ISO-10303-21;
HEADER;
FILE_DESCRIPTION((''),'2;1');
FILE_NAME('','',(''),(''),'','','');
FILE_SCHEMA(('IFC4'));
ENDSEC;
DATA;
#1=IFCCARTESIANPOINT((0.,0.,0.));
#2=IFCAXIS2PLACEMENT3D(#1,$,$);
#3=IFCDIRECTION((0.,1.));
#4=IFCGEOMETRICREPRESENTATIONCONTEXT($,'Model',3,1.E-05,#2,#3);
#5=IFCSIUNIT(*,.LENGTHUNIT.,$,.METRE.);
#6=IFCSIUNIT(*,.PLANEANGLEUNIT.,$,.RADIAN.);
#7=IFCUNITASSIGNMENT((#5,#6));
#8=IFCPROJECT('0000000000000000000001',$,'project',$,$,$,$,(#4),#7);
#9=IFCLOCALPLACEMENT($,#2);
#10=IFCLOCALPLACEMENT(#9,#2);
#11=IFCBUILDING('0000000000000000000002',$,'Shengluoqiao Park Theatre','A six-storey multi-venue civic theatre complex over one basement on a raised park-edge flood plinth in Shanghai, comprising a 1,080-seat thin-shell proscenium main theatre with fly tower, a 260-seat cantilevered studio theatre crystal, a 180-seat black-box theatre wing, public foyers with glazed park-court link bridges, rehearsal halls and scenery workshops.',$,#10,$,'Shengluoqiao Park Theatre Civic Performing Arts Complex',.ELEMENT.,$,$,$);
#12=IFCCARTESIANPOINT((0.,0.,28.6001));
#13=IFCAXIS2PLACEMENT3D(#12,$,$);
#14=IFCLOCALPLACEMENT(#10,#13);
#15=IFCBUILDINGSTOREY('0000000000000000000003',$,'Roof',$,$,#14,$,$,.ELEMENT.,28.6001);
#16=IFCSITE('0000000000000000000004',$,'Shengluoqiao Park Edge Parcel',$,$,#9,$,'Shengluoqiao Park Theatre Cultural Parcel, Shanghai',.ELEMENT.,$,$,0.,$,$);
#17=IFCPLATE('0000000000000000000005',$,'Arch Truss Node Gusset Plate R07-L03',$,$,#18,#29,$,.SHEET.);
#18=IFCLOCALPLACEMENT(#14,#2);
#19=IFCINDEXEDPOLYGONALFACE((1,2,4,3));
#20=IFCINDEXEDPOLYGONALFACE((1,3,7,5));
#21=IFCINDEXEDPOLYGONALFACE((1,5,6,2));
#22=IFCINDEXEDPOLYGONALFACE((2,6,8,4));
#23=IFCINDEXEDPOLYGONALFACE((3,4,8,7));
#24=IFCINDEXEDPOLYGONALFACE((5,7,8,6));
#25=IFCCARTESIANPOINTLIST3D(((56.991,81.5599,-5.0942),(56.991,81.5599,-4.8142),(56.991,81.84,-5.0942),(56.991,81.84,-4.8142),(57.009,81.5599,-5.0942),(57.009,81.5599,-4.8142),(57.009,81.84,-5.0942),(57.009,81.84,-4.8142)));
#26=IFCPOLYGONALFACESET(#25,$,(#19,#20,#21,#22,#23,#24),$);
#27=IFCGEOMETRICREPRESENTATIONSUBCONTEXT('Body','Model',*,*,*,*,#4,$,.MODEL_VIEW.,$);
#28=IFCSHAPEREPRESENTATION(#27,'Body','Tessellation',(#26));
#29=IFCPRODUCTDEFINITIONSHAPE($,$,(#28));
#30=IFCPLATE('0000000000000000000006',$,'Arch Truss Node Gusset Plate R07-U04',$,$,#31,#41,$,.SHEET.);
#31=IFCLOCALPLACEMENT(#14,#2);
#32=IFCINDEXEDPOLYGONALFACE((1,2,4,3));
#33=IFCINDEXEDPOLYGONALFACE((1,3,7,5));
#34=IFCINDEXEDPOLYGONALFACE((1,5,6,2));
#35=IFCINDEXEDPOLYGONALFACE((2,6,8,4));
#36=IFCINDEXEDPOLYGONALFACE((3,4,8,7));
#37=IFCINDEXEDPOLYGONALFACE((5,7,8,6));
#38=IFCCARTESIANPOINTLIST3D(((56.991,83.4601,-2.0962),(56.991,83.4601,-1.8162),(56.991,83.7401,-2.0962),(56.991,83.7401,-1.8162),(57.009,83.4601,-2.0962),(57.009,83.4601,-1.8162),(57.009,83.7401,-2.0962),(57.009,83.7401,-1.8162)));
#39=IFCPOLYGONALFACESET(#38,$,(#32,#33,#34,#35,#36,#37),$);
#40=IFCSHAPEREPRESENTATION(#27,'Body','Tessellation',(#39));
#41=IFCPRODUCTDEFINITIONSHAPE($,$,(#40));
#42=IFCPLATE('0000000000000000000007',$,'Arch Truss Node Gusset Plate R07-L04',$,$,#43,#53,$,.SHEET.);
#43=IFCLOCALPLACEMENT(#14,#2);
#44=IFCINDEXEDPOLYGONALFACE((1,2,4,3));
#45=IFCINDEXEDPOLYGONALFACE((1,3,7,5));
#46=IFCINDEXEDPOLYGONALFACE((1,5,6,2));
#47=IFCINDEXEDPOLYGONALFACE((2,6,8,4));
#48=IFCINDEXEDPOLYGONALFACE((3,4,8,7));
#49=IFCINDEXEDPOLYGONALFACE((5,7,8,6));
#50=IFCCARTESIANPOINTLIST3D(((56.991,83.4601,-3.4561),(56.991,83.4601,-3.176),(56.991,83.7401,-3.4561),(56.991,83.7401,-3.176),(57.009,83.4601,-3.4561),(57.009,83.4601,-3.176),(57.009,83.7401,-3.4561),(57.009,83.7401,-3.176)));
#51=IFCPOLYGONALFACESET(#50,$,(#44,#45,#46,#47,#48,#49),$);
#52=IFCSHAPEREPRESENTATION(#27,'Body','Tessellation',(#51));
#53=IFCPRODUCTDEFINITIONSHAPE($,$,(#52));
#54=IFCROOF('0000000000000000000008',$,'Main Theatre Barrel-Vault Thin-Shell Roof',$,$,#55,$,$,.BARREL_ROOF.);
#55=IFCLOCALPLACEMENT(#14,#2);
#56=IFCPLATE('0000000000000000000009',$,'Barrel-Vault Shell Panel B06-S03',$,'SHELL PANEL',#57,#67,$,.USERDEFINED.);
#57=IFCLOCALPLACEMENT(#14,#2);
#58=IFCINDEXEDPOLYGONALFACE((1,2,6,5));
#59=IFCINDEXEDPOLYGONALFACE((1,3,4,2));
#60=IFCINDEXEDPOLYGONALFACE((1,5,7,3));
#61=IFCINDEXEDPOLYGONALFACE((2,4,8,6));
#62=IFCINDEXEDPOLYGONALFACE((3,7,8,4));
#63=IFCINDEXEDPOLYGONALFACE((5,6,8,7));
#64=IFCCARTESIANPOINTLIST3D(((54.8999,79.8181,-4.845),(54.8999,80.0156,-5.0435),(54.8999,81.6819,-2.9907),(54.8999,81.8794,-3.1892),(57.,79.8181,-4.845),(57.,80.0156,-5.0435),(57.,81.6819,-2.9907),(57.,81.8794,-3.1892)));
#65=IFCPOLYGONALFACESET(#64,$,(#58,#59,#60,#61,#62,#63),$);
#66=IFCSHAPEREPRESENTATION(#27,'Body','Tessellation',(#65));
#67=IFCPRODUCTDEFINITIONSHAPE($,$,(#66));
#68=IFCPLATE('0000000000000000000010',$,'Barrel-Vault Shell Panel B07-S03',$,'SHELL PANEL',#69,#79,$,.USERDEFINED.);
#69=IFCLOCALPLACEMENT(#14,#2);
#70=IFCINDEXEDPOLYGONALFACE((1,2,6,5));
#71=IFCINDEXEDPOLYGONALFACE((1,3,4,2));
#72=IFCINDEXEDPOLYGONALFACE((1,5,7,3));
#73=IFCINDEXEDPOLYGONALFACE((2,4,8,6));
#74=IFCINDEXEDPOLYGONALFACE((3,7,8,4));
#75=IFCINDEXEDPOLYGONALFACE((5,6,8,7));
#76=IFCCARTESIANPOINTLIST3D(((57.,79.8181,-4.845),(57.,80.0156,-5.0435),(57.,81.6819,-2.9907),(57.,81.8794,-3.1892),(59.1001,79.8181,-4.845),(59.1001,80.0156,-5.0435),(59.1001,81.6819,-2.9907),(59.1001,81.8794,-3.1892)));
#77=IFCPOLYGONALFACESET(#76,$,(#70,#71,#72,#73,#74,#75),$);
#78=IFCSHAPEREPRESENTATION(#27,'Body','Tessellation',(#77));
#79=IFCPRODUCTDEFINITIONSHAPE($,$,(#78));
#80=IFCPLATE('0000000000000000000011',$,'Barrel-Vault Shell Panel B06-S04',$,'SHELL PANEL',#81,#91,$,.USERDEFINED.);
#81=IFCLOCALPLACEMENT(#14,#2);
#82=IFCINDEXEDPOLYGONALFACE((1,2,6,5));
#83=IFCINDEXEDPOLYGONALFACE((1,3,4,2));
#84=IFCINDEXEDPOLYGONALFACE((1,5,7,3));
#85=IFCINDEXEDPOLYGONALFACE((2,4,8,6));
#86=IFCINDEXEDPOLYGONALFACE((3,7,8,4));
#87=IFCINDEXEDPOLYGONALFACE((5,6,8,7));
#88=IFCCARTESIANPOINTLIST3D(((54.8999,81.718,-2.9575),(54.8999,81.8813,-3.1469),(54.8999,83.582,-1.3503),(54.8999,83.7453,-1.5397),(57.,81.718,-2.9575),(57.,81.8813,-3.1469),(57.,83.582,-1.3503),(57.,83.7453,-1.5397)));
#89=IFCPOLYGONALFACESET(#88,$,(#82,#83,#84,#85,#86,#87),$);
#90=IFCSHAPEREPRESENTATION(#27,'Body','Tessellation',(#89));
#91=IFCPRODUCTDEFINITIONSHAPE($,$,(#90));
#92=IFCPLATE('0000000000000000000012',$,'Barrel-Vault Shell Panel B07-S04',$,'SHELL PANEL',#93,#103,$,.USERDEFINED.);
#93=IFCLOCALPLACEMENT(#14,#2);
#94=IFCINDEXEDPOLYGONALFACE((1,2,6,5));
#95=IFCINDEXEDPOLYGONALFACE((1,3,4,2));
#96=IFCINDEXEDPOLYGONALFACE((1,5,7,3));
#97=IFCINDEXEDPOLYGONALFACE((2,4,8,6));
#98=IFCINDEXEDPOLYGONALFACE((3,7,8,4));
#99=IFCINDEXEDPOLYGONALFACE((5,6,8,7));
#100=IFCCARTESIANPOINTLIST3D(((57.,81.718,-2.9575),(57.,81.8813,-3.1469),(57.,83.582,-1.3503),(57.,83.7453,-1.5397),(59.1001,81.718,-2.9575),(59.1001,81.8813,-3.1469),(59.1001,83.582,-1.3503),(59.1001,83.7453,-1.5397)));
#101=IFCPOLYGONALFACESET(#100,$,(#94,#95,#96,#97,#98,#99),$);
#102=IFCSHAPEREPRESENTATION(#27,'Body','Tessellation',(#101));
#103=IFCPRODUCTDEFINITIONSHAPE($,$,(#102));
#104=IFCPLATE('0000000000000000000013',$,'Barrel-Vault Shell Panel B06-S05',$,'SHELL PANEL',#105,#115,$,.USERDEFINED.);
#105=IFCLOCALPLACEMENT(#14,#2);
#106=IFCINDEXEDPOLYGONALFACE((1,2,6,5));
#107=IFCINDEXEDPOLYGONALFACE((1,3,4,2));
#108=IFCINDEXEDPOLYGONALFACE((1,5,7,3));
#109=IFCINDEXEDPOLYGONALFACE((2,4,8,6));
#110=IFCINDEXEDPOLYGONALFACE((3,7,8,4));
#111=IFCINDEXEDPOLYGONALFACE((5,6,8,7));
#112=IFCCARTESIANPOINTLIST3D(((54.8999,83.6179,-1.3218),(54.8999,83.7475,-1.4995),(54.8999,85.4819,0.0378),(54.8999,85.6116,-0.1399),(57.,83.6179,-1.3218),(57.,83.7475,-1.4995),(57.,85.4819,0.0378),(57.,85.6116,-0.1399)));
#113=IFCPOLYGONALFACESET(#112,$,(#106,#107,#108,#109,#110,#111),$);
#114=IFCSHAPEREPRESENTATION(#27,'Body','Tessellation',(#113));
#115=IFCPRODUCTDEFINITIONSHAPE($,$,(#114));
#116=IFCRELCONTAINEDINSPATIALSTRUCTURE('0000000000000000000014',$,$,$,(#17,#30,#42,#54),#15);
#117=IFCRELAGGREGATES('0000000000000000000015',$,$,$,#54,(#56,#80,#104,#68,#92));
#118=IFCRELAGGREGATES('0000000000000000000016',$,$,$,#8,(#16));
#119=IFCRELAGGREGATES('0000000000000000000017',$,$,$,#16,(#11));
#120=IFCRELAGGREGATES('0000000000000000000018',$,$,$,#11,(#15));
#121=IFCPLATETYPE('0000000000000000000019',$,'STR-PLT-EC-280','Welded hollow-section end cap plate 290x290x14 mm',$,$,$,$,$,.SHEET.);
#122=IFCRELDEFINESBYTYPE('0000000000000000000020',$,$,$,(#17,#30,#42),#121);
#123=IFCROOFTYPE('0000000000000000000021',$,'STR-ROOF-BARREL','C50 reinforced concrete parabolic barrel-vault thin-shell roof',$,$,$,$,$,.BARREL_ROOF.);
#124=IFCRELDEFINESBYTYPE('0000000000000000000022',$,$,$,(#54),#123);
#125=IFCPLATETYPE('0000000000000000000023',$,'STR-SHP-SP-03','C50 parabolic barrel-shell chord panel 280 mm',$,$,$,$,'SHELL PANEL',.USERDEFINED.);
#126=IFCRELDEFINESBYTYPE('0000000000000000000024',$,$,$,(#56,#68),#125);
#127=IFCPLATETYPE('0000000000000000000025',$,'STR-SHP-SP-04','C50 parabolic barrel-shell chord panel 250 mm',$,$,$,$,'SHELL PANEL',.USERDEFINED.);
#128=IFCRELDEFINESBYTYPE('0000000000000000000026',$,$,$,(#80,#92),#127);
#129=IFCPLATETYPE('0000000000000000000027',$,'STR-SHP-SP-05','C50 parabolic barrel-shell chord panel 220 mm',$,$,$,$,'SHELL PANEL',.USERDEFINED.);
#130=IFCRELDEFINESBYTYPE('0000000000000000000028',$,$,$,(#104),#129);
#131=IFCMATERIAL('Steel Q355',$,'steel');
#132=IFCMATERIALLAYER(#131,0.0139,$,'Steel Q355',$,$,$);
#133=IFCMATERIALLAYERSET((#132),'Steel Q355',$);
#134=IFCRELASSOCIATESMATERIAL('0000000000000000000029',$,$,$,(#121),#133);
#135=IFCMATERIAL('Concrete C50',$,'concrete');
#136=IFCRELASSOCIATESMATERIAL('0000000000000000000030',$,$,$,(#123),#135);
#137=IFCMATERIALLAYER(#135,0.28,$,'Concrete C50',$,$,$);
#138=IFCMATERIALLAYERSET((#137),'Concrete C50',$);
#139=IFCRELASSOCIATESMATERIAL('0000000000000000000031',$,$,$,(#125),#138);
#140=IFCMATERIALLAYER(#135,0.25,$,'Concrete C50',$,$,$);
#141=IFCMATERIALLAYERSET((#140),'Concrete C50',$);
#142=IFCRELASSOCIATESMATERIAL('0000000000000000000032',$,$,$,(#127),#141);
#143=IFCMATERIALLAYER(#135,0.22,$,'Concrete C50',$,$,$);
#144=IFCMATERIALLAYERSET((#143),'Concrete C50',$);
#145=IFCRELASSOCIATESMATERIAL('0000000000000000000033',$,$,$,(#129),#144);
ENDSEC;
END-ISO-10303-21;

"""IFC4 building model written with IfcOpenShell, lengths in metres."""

from ifc_helpers import new_model, si_unit, direction, frame, origin, origin_2d, place, context, subcontext, project, spatial, polyline, rectangle, outline, extrude, material, layer, layer_set, type_object, element, aggregate, save


model = new_model("IFC4")

# Units and contexts
model_context = context("Model", 3, precision=1e-05, world=origin(), true_north=direction((0.0, 1.0)))
body_context = subcontext(model_context, "Body", "Model", "MODEL_VIEW")
ifc_project = project(units=[si_unit("LENGTHUNIT", "METRE"), si_unit("PLANEANGLEUNIT", "RADIAN")], contexts=[model_context])

# Site, building, storey
site_placement = place(None, origin())
site = spatial("IfcSite", under=ifc_project, at=site_placement, Name="Shengluoqiao Park Edge Parcel", LongName="Shengluoqiao Park Theatre Cultural Parcel, Shanghai", CompositionType="ELEMENT", RefElevation=0.0)
building_placement = place(site_placement, origin())
building = spatial("IfcBuilding", under=site, at=building_placement, Name="Shengluoqiao Park Theatre", Description="A six-storey multi-venue civic theatre complex over one basement on a raised park-edge flood plinth in Shanghai, comprising a 1,080-seat thin-shell proscenium main theatre with fly tower, a 260-seat cantilevered studio theatre crystal, a 180-seat black-box theatre wing, public foyers with glazed park-court link bridges, rehearsal halls and scenery workshops.", LongName="Shengluoqiao Park Theatre Civic Performing Arts Complex", CompositionType="ELEMENT")
storey_placement = place(building_placement, frame((0.0, 0.0, 28.6001)))
storey = spatial("IfcBuildingStorey", under=building, at=storey_placement, Name="Roof", CompositionType="ELEMENT", Elevation=28.6001)

# Shared definitions
ifc_material_1 = material(Name="Concrete C50", Category="concrete")
ifc_material_2 = material(Name="Steel Q355", Category="steel")

# Plates
ifc_layer_1 = layer(ifc_material_2, 0.0139, Name="Steel Q355")
ifc_layer_set_1 = layer_set([ifc_layer_1], Name="Steel Q355")
plate_type_1 = type_object("IfcPlateType", Name="STR-PLT-EC-280", Description="Welded hollow-section end cap plate 290x290x14 mm", PredefinedType="SHEET", material=ifc_layer_set_1)
for number, where, z_axis, x_axis, name in (
    (1, (57.0, 81.7, -5.0942), (0.0, 0.0, 1.0), (1.0, 0.0, 0.0), "Arch Truss Node Gusset Plate R07-L03"),
    (2, (57.0, 83.6001, -2.0962), (0.0, 0.0, 1.0), (1.0, 0.0, 0.0), "Arch Truss Node Gusset Plate R07-U04"),
    (3, (57.0, 83.6001, -3.4561), (0.0, 0.0, 1.0), (1.0, 0.0, 0.0), "Arch Truss Node Gusset Plate R07-L04"),
):
    element("IfcPlate", number, at=place(storey_placement, frame(where, z_axis=z_axis, x_axis=x_axis)), inside=storey, type_object=plate_type_1, Name=name, PredefinedType="SHEET", context=body_context, shape_type="SweptSolid", body=[
        extrude(rectangle(XDim=0.0181, YDim=0.28, at=origin_2d()), origin(), (0.0, 0.0, 1.0), 0.28),
    ])

# Roof, plates
roof_type = type_object("IfcRoofType", Name="STR-ROOF-BARREL", Description="C50 reinforced concrete parabolic barrel-vault thin-shell roof", PredefinedType="BARREL_ROOF", material=ifc_material_1)
roof_placement = place(storey_placement, origin())
roof = element("IfcRoof", 4, at=roof_placement, inside=storey, type_object=roof_type, Name="Main Theatre Barrel-Vault Thin-Shell Roof", PredefinedType="BARREL_ROOF")
ifc_layer_2 = layer(ifc_material_1, 0.28, Name="Concrete C50")
ifc_layer_set_2 = layer_set([ifc_layer_2], Name="Concrete C50")
plate_type_2 = type_object("IfcPlateType", Name="STR-SHP-SP-03", Description="C50 parabolic barrel-shell chord panel 280 mm", ElementType="SHELL PANEL", PredefinedType="USERDEFINED", material=ifc_layer_set_2)
plate_1_placement = place(storey_placement, frame((54.8999, 79.8181, -4.845), z_axis=(0.0, -0.705294, 0.708915), x_axis=(1.0, 0.0, 0.0)))
plate_1 = element("IfcPlate", 5, at=plate_1_placement, type_object=plate_type_2, Name="Barrel-Vault Shell Panel B06-S03", ObjectType="SHELL PANEL", PredefinedType="USERDEFINED", context=body_context, shape_type="SweptSolid", body=[
    extrude(outline(polyline([(0.0, 0.0), (2.1001, 0.0), (2.1001, 2.629), (0.0, 2.629), (0.0, 0.0)])), origin(), (0.0, 0.0, -1.0), 0.28),
])
plate_2_placement = place(storey_placement, frame((57.0, 79.8181, -4.845), z_axis=(0.0, -0.705294, 0.708915), x_axis=(1.0, 0.0, 0.0)))
plate_2 = element("IfcPlate", 6, at=plate_2_placement, type_object=plate_type_2, Name="Barrel-Vault Shell Panel B07-S03", ObjectType="SHELL PANEL", PredefinedType="USERDEFINED", context=body_context, shape_type="SweptSolid", body=[
    extrude(outline(polyline([(0.0, 0.0), (2.1001, 0.0), (2.1001, 2.629), (0.0, 2.629), (0.0, 0.0)])), origin(), (0.0, 0.0, -1.0), 0.28),
])
ifc_layer_3 = layer(ifc_material_1, 0.25, Name="Concrete C50")
ifc_layer_set_3 = layer_set([ifc_layer_3], Name="Concrete C50")
plate_type_3 = type_object("IfcPlateType", Name="STR-SHP-SP-04", Description="C50 parabolic barrel-shell chord panel 250 mm", ElementType="SHELL PANEL", PredefinedType="USERDEFINED", material=ifc_layer_set_3)
plate_3_placement = place(storey_placement, frame((54.8999, 81.718, -2.9575), z_axis=(0.0, -0.653002, 0.757356), x_axis=(1.0, 0.0, 0.0)))
plate_3 = element("IfcPlate", 7, at=plate_3_placement, type_object=plate_type_3, Name="Barrel-Vault Shell Panel B06-S04", ObjectType="SHELL PANEL", PredefinedType="USERDEFINED", context=body_context, shape_type="SweptSolid", body=[
    extrude(outline(polyline([(0.0, 0.0), (2.1001, 0.0), (2.1001, 2.4612), (0.0, 2.4612), (0.0, 0.0)])), origin(), (0.0, 0.0, -1.0), 0.25),
])
plate_4_placement = place(storey_placement, frame((57.0, 81.718, -2.9575), z_axis=(0.0, -0.653002, 0.757356), x_axis=(1.0, 0.0, 0.0)))
plate_4 = element("IfcPlate", 8, at=plate_4_placement, type_object=plate_type_3, Name="Barrel-Vault Shell Panel B07-S04", ObjectType="SHELL PANEL", PredefinedType="USERDEFINED", context=body_context, shape_type="SweptSolid", body=[
    extrude(outline(polyline([(0.0, 0.0), (2.1001, 0.0), (2.1001, 2.4612), (0.0, 2.4612), (0.0, 0.0)])), origin(), (0.0, 0.0, -1.0), 0.25),
])
ifc_layer_4 = layer(ifc_material_1, 0.22, Name="Concrete C50")
ifc_layer_set_4 = layer_set([ifc_layer_4], Name="Concrete C50")
plate_type_4 = type_object("IfcPlateType", Name="STR-SHP-SP-05", Description="C50 parabolic barrel-shell chord panel 220 mm", ElementType="SHELL PANEL", PredefinedType="USERDEFINED", material=ifc_layer_set_4)
plate_5_placement = place(storey_placement, frame((54.8999, 83.6179, -1.3218), z_axis=(0.0, -0.589297, 0.807916), x_axis=(1.0, 0.0, 0.0)))
plate_5 = element("IfcPlate", 9, at=plate_5_placement, type_object=plate_type_4, Name="Barrel-Vault Shell Panel B06-S05", ObjectType="SHELL PANEL", PredefinedType="USERDEFINED", context=body_context, shape_type="SweptSolid", body=[
    extrude(outline(polyline([(0.0, 0.0), (2.1001, 0.0), (2.1001, 2.3072), (0.0, 2.3072), (0.0, 0.0)])), origin(), (0.0, 0.0, -1.0), 0.22),
])
aggregate(roof, [plate_1, plate_3, plate_5, plate_2, plate_4])

save(model, "model.ifc")
